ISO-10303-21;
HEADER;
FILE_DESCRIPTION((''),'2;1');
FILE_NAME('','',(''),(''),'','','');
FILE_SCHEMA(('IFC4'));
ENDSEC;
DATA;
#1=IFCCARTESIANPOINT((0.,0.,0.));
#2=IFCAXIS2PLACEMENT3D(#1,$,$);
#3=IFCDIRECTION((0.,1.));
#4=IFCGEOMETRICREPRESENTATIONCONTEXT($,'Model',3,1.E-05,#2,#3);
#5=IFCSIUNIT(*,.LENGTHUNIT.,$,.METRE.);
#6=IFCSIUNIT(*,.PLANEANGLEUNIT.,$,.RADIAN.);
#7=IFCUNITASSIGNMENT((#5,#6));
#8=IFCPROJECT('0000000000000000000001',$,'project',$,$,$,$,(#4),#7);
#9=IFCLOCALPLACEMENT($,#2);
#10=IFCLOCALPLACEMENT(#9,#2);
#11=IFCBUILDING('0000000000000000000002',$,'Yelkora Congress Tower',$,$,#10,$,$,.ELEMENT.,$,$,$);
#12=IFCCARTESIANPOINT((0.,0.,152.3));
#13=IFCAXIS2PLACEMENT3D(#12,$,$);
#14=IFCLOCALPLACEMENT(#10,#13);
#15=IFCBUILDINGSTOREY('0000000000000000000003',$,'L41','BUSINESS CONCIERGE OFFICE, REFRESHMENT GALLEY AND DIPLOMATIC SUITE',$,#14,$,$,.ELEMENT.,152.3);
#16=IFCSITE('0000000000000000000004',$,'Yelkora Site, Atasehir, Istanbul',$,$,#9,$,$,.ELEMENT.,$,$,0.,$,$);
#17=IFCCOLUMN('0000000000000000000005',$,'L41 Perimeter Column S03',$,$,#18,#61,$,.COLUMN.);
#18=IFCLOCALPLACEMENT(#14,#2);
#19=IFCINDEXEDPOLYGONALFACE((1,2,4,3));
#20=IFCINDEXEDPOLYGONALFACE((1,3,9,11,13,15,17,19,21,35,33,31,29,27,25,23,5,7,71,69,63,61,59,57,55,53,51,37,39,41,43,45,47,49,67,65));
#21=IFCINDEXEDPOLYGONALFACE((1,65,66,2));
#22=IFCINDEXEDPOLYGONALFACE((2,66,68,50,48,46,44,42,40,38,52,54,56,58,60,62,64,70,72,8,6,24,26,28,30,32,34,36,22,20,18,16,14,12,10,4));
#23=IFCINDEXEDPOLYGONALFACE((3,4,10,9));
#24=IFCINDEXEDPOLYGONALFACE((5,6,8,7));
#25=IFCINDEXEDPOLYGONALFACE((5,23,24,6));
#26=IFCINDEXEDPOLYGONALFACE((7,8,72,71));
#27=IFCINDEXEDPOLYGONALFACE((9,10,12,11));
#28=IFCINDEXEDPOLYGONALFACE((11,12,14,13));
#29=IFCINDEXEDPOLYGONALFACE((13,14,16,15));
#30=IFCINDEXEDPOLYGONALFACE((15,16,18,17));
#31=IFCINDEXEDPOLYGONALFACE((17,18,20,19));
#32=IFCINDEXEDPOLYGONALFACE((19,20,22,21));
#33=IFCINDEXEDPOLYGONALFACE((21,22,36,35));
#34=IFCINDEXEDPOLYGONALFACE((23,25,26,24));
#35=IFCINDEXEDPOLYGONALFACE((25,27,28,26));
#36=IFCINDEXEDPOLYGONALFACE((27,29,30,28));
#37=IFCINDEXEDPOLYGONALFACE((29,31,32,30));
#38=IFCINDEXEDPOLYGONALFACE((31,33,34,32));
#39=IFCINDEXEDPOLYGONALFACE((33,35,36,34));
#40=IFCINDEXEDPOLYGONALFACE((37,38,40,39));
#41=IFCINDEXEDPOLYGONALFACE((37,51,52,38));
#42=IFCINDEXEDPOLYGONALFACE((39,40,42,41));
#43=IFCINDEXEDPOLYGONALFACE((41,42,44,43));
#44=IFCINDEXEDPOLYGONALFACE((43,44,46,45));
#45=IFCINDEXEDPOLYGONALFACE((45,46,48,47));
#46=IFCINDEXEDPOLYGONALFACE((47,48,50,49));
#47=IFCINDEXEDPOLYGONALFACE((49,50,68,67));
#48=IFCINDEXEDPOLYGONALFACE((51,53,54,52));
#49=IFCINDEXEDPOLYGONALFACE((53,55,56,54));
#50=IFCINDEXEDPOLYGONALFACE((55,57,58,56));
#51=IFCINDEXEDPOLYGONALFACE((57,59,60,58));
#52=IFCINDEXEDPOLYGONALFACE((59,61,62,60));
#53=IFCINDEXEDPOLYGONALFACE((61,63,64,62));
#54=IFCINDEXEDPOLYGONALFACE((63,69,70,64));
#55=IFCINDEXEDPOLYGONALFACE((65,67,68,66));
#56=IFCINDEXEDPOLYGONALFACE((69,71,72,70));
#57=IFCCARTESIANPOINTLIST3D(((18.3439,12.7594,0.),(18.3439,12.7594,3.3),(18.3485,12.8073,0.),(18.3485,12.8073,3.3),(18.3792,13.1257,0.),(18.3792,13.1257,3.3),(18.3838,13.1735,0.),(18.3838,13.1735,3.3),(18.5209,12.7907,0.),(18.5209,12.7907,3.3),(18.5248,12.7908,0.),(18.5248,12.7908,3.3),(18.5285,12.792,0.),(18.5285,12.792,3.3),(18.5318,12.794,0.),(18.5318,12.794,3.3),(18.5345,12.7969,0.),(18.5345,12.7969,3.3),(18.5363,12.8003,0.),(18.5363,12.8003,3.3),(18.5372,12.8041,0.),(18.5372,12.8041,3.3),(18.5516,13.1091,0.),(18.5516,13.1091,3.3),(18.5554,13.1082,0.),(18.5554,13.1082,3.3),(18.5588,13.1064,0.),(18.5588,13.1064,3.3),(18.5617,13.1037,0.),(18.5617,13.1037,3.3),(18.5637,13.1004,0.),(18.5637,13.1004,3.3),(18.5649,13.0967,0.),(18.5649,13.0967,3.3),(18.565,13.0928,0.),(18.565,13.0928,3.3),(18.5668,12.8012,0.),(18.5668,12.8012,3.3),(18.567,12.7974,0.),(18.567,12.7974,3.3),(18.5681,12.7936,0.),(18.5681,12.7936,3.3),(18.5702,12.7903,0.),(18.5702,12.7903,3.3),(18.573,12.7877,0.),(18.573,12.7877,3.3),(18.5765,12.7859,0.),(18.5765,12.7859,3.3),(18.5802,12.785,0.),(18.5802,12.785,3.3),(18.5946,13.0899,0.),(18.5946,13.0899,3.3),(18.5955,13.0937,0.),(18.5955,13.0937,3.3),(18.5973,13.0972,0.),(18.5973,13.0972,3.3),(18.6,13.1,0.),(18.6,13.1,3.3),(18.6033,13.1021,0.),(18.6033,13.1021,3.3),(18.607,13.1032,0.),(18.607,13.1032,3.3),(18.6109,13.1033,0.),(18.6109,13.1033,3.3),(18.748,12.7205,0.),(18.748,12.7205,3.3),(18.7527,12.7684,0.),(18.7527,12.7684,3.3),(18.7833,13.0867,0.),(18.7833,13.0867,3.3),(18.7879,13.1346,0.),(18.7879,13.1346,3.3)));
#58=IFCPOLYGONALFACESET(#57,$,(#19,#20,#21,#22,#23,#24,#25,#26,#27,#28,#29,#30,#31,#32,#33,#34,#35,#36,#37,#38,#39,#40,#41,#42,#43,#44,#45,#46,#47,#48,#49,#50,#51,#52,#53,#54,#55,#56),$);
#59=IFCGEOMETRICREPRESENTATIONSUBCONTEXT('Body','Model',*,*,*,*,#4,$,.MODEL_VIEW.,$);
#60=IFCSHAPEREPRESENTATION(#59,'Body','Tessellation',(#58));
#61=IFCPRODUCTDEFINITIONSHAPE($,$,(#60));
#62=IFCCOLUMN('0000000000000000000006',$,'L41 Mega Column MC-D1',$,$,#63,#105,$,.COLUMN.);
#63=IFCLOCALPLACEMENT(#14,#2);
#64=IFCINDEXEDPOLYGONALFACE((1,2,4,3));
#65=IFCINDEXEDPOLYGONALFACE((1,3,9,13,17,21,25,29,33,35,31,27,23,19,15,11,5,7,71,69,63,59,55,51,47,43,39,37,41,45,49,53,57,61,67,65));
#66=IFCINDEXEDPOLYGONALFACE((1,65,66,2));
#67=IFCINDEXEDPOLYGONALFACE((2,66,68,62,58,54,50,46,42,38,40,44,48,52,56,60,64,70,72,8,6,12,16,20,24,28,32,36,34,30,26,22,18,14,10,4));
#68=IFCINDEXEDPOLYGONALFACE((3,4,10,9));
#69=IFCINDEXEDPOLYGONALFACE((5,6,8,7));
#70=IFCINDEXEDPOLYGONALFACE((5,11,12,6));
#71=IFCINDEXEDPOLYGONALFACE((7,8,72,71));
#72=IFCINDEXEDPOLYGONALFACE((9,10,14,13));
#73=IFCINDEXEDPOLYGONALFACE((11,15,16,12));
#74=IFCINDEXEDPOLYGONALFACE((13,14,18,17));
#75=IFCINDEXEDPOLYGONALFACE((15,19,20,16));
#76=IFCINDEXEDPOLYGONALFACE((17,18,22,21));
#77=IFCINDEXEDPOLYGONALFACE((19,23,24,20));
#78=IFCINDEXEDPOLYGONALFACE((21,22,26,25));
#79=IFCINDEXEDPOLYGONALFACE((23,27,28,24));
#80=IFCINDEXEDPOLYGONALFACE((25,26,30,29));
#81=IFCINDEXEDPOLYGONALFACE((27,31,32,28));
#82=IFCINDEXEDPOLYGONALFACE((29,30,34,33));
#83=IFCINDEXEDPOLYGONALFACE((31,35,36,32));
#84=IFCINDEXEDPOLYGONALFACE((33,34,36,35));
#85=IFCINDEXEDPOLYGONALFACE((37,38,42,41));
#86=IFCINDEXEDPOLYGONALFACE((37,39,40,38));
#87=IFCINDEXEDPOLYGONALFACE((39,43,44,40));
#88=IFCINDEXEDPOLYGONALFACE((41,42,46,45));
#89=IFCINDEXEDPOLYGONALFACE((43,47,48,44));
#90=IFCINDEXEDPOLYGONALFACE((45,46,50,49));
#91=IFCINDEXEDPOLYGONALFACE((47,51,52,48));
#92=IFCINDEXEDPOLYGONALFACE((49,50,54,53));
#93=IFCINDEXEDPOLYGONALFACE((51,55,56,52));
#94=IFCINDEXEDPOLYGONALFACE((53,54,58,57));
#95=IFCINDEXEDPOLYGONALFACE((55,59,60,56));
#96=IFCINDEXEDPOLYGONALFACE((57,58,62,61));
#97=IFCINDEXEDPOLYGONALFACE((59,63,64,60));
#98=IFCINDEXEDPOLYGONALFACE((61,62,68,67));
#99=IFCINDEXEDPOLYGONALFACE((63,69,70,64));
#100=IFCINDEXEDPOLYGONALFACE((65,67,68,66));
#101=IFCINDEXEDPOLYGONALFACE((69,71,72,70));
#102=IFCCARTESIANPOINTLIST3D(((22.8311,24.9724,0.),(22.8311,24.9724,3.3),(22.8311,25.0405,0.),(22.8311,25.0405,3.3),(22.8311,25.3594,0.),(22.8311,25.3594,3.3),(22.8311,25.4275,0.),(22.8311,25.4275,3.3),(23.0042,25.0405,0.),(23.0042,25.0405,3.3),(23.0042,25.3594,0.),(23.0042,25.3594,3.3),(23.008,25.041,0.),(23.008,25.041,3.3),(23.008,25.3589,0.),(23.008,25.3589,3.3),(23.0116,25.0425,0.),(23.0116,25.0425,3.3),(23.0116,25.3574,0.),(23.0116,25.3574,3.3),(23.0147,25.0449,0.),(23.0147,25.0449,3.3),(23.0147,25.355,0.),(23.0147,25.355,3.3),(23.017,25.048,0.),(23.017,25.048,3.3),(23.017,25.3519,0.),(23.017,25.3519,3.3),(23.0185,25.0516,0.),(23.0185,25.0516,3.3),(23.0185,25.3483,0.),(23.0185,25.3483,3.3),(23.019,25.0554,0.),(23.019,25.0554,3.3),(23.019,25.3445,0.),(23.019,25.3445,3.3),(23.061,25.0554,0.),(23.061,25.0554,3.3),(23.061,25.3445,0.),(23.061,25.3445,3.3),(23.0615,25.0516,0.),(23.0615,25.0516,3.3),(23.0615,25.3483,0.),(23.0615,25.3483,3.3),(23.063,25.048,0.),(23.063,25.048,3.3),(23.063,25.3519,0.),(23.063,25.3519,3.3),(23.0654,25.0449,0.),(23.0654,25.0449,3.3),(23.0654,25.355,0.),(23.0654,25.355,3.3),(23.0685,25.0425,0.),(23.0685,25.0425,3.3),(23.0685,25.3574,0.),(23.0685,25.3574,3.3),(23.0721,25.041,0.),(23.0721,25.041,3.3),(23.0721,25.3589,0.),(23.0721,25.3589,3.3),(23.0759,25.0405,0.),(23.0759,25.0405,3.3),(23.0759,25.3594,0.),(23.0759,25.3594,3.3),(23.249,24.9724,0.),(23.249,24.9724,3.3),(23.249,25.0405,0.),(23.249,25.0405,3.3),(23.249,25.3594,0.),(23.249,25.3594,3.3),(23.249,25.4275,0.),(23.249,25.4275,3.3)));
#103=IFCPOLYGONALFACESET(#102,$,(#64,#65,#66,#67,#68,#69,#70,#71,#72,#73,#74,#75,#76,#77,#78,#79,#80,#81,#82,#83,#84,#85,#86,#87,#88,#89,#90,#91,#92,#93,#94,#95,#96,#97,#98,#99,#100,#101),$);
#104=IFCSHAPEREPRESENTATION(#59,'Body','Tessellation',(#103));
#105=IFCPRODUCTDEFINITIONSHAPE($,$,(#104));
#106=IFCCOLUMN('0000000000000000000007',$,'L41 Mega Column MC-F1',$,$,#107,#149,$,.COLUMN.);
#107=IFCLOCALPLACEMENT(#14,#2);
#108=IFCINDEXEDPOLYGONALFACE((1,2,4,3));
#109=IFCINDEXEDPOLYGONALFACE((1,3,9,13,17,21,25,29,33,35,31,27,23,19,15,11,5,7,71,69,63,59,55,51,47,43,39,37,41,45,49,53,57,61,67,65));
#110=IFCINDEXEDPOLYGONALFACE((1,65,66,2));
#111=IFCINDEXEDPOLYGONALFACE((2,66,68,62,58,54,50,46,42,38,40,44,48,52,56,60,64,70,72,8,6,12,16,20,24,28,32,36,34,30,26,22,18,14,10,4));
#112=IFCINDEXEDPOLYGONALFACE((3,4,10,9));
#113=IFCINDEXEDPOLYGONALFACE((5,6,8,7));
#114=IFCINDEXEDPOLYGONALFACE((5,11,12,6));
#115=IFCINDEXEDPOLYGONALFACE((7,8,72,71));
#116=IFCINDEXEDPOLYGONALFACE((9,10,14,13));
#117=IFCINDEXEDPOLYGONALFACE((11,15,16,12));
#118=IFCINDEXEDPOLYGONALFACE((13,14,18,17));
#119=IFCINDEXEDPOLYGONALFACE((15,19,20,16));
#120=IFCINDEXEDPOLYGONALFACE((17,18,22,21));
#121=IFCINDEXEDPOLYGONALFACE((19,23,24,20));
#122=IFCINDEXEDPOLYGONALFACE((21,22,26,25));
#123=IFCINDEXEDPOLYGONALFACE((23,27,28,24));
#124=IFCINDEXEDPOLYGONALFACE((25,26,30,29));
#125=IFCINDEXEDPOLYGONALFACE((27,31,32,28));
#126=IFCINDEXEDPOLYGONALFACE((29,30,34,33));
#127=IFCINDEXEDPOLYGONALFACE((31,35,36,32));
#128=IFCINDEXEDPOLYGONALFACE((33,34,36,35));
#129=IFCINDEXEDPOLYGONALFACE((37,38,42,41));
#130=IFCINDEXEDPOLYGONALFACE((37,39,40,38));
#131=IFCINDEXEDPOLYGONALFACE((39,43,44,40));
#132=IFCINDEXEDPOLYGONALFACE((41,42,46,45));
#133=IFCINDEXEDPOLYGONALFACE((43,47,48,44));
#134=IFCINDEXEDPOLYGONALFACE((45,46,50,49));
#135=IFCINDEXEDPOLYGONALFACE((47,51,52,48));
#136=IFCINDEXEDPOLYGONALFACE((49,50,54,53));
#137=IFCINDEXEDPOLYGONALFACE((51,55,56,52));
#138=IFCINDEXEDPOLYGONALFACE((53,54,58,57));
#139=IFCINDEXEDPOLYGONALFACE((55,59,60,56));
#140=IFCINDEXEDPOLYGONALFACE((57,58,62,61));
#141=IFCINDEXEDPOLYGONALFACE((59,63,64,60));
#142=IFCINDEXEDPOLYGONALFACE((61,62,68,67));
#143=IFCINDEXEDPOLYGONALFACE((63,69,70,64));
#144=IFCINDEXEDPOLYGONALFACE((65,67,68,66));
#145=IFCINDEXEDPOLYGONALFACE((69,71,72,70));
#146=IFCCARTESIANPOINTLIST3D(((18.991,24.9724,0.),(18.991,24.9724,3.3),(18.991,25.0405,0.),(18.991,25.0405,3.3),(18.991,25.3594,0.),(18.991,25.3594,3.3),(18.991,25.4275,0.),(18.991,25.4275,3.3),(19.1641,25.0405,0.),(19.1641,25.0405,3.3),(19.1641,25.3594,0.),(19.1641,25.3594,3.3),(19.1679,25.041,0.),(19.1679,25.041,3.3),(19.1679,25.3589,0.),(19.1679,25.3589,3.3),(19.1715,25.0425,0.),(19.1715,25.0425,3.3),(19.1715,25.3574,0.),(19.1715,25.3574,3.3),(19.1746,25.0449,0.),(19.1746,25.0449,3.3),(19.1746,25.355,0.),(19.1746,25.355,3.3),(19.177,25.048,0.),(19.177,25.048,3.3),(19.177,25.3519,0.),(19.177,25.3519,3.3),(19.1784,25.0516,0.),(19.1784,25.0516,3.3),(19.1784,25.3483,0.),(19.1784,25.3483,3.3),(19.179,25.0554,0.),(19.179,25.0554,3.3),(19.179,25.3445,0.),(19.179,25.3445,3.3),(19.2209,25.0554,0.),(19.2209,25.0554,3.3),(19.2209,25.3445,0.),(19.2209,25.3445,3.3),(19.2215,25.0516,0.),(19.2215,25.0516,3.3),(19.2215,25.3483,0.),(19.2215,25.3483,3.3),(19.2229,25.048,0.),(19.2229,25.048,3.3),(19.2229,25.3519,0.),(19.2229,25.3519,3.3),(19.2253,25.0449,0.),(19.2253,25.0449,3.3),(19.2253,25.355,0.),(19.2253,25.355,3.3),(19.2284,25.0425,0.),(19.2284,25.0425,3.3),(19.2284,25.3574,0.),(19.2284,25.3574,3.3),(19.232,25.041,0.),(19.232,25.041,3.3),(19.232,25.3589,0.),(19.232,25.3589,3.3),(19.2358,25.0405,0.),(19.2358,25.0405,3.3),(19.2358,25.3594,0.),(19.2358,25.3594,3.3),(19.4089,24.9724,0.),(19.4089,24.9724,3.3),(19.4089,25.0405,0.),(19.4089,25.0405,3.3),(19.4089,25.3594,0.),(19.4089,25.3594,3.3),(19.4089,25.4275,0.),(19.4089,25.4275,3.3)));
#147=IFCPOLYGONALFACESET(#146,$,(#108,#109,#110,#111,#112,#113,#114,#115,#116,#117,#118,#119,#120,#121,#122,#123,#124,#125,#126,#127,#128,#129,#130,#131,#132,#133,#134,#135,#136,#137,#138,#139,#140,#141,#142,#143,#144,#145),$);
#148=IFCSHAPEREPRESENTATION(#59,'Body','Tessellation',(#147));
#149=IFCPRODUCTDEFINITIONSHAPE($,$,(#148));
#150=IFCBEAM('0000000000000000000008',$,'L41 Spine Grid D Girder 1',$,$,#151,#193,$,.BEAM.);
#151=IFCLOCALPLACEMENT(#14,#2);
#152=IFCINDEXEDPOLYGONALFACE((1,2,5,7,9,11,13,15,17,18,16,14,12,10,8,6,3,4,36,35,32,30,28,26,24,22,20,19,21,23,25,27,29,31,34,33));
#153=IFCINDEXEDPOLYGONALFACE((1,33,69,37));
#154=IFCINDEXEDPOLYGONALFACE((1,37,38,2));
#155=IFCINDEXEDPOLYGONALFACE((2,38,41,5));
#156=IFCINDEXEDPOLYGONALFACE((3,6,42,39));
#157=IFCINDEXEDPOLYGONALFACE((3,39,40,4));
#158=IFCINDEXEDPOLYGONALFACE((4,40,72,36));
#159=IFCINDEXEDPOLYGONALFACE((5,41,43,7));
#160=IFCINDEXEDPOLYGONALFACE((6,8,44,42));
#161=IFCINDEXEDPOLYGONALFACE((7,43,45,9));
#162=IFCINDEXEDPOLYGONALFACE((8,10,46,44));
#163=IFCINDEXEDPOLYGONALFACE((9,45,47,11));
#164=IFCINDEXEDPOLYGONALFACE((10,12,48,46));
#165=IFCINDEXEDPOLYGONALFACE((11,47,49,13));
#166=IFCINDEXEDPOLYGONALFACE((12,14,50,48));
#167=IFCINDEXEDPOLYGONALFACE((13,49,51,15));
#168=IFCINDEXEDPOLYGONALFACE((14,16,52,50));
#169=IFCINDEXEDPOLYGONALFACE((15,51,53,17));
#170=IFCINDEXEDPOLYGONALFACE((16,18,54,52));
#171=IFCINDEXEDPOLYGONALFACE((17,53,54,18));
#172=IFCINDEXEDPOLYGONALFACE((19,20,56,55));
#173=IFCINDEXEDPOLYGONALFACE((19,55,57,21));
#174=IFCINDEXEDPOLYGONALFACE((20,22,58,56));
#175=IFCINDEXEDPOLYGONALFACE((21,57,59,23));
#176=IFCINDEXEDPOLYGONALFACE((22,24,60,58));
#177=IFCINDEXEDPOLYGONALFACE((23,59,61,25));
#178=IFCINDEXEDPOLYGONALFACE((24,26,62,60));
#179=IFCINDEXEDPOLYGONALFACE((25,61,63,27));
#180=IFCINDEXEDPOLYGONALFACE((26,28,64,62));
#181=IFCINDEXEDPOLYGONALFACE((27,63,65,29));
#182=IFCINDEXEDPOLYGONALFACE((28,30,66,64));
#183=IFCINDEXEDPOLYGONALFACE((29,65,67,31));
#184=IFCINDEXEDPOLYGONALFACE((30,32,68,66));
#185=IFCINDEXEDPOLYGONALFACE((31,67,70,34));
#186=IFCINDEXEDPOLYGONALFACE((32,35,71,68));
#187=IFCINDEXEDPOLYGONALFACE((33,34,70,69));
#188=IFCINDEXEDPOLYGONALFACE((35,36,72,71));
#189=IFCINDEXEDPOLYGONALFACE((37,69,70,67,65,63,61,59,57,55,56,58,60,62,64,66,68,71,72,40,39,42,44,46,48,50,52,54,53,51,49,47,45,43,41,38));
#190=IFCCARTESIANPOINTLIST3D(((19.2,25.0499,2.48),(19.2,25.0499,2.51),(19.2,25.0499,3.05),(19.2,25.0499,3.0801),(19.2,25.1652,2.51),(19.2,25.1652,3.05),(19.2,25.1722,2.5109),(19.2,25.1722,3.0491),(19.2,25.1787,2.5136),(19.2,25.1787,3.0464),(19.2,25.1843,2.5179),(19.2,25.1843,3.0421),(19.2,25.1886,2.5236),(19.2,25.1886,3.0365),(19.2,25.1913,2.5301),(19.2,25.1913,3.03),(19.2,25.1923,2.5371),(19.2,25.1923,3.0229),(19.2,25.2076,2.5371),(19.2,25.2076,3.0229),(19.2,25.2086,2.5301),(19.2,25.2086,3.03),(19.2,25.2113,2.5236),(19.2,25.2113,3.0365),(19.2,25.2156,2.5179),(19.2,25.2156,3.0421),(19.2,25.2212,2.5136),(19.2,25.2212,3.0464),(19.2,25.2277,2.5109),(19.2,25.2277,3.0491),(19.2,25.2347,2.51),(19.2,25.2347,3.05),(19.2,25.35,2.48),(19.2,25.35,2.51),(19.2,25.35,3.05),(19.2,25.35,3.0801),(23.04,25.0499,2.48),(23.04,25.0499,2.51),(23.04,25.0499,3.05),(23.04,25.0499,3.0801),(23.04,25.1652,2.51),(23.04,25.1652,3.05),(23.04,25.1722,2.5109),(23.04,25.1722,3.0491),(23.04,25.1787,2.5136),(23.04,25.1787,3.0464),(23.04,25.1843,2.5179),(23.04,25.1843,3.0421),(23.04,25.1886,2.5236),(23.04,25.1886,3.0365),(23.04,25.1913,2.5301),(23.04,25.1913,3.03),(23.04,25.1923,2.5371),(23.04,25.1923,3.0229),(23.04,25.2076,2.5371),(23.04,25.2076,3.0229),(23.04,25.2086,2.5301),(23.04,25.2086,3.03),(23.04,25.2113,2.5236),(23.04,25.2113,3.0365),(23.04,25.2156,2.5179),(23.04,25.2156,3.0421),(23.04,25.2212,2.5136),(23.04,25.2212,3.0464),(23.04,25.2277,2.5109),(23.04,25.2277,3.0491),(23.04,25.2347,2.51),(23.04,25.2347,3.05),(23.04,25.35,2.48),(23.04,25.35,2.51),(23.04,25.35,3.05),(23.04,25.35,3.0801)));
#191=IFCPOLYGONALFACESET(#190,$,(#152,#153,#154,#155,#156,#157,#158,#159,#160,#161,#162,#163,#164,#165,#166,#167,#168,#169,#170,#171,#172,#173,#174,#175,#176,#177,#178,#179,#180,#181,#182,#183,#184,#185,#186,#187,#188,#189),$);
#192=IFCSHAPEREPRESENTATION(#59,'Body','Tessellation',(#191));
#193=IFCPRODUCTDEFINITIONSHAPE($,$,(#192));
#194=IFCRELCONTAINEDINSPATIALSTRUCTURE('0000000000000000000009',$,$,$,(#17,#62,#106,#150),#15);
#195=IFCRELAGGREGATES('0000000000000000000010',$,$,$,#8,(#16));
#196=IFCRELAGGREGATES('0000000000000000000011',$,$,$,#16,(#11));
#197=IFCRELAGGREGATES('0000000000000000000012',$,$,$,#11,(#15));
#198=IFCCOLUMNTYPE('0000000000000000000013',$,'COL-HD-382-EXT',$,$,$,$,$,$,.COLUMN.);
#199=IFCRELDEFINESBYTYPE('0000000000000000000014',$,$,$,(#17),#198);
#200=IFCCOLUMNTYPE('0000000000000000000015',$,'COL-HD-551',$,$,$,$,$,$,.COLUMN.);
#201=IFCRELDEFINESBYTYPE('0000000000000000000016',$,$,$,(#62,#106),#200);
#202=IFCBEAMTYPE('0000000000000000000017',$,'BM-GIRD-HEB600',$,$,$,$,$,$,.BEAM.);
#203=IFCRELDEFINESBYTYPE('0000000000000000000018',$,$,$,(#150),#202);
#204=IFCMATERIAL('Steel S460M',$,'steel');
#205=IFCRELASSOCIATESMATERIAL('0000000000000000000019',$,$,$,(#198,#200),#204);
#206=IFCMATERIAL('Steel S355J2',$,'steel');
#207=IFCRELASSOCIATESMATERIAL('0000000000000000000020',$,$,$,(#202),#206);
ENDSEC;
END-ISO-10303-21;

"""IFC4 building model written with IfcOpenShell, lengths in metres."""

from ifc_helpers import new_model, si_unit, direction, frame, origin, origin_2d, place, context, subcontext, project, spatial, i_section, extrude, material, material_profile, profile_set, type_object, element, save


model = new_model("IFC4")

# Units and contexts
model_context = context("Model", 3, precision=1e-05, world=origin(), true_north=direction((0.0, 1.0)))
body_context = subcontext(model_context, "Body", "Model", "MODEL_VIEW")
ifc_project = project(units=[si_unit("LENGTHUNIT", "METRE"), si_unit("PLANEANGLEUNIT", "RADIAN")], contexts=[model_context])

# Site, building, storey
site_placement = place(None, origin())
site = spatial("IfcSite", under=ifc_project, at=site_placement, Name="Yelkora Site, Atasehir, Istanbul", CompositionType="ELEMENT", RefElevation=0.0)
building_placement = place(site_placement, origin())
building = spatial("IfcBuilding", under=site, at=building_placement, Name="Yelkora Congress Tower", CompositionType="ELEMENT")
storey_placement = place(building_placement, frame((0.0, 0.0, 152.3)))
storey = spatial("IfcBuildingStorey", under=building, at=storey_placement, Name="L41", Description="BUSINESS CONCIERGE OFFICE, REFRESHMENT GALLEY AND DIPLOMATIC SUITE", CompositionType="ELEMENT", Elevation=152.3)

# Columns
ifc_material_1 = material(Name="Steel S460M", Category="steel")
ifc_material_profile_1 = material_profile(ifc_material_1, i_section(OverallWidth=0.406, OverallDepth=0.416, WebThickness=0.0298, FlangeThickness=0.0481, FilletRadius=0.0149, at=origin_2d()), Name="HD 400x382")
ifc_profile_set_1 = profile_set([ifc_material_profile_1], Name="Steel S460M")
column_type_1 = type_object("IfcColumnType", Name="COL-HD-382-EXT", PredefinedType="COLUMN", material=ifc_profile_set_1)
column_placement = place(storey_placement, frame((18.5659, 12.947, 0.0), z_axis=(0.0, 0.0, 1.0), x_axis=(0.995396, -0.095846, 0.0)))
element("IfcColumn", 1, at=column_placement, inside=storey, type_object=column_type_1, Name="L41 Perimeter Column S03", PredefinedType="COLUMN", context=body_context, shape_type="SweptSolid", body=[
    extrude(i_section(OverallWidth=0.406, OverallDepth=0.416, WebThickness=0.0298, FlangeThickness=0.0481, FilletRadius=0.0149, at=origin_2d()), origin(), (0.0, 0.0, 1.0), 3.3),
])
ifc_material_profile_2 = material_profile(ifc_material_1, i_section(OverallWidth=0.418, OverallDepth=0.4551, WebThickness=0.042, FlangeThickness=0.0681, FilletRadius=0.0149, at=origin_2d()), Name="HD 400x551")
ifc_profile_set_2 = profile_set([ifc_material_profile_2], Name="Steel S460M")
column_type_2 = type_object("IfcColumnType", Name="COL-HD-551", PredefinedType="COLUMN", material=ifc_profile_set_2)
for number, where, z_axis, x_axis, name in (
    (2, (23.04, 25.2, 0.0), (0.0, 0.0, 1.0), (1.0, 0.0, 0.0), "L41 Mega Column MC-D1"),
    (3, (19.2, 25.2, 0.0), (0.0, 0.0, 1.0), (1.0, 0.0, 0.0), "L41 Mega Column MC-F1"),
):
    element("IfcColumn", number, at=place(storey_placement, frame(where, z_axis=z_axis, x_axis=x_axis)), inside=storey, type_object=column_type_2, Name=name, PredefinedType="COLUMN", context=body_context, shape_type="SweptSolid", body=[
        extrude(i_section(OverallWidth=0.418, OverallDepth=0.4551, WebThickness=0.042, FlangeThickness=0.0681, FilletRadius=0.0149, at=origin_2d()), origin(), (0.0, 0.0, 1.0), 3.3),
    ])

# Beam
ifc_material_2 = material(Name="Steel S355J2", Category="steel")
ifc_material_profile_3 = material_profile(ifc_material_2, i_section(OverallWidth=0.3, OverallDepth=0.6001, WebThickness=0.0154, FlangeThickness=0.03, FilletRadius=0.0271, at=origin_2d()), Name="HEB 600")
ifc_profile_set_3 = profile_set([ifc_material_profile_3], Name="Steel S355J2")
beam_type_1 = type_object("IfcBeamType", Name="BM-GIRD-HEB600", PredefinedType="BEAM", material=ifc_profile_set_3)
beam_1_placement = place(storey_placement, frame((19.2, 25.2, 2.78), z_axis=(1.0, 0.0, 0.0), x_axis=(0.0, 1.0, 0.0)))
element("IfcBeam", 4, at=beam_1_placement, inside=storey, type_object=beam_type_1, Name="L41 Spine Grid D Girder 1", PredefinedType="BEAM", context=body_context, shape_type="SweptSolid", body=[
    extrude(i_section(OverallWidth=0.3, OverallDepth=0.6001, WebThickness=0.0154, FlangeThickness=0.03, FilletRadius=0.0271, at=origin_2d()), origin(), (0.0, 0.0, 1.0), 3.8401),
])

save(model, "model.ifc")
